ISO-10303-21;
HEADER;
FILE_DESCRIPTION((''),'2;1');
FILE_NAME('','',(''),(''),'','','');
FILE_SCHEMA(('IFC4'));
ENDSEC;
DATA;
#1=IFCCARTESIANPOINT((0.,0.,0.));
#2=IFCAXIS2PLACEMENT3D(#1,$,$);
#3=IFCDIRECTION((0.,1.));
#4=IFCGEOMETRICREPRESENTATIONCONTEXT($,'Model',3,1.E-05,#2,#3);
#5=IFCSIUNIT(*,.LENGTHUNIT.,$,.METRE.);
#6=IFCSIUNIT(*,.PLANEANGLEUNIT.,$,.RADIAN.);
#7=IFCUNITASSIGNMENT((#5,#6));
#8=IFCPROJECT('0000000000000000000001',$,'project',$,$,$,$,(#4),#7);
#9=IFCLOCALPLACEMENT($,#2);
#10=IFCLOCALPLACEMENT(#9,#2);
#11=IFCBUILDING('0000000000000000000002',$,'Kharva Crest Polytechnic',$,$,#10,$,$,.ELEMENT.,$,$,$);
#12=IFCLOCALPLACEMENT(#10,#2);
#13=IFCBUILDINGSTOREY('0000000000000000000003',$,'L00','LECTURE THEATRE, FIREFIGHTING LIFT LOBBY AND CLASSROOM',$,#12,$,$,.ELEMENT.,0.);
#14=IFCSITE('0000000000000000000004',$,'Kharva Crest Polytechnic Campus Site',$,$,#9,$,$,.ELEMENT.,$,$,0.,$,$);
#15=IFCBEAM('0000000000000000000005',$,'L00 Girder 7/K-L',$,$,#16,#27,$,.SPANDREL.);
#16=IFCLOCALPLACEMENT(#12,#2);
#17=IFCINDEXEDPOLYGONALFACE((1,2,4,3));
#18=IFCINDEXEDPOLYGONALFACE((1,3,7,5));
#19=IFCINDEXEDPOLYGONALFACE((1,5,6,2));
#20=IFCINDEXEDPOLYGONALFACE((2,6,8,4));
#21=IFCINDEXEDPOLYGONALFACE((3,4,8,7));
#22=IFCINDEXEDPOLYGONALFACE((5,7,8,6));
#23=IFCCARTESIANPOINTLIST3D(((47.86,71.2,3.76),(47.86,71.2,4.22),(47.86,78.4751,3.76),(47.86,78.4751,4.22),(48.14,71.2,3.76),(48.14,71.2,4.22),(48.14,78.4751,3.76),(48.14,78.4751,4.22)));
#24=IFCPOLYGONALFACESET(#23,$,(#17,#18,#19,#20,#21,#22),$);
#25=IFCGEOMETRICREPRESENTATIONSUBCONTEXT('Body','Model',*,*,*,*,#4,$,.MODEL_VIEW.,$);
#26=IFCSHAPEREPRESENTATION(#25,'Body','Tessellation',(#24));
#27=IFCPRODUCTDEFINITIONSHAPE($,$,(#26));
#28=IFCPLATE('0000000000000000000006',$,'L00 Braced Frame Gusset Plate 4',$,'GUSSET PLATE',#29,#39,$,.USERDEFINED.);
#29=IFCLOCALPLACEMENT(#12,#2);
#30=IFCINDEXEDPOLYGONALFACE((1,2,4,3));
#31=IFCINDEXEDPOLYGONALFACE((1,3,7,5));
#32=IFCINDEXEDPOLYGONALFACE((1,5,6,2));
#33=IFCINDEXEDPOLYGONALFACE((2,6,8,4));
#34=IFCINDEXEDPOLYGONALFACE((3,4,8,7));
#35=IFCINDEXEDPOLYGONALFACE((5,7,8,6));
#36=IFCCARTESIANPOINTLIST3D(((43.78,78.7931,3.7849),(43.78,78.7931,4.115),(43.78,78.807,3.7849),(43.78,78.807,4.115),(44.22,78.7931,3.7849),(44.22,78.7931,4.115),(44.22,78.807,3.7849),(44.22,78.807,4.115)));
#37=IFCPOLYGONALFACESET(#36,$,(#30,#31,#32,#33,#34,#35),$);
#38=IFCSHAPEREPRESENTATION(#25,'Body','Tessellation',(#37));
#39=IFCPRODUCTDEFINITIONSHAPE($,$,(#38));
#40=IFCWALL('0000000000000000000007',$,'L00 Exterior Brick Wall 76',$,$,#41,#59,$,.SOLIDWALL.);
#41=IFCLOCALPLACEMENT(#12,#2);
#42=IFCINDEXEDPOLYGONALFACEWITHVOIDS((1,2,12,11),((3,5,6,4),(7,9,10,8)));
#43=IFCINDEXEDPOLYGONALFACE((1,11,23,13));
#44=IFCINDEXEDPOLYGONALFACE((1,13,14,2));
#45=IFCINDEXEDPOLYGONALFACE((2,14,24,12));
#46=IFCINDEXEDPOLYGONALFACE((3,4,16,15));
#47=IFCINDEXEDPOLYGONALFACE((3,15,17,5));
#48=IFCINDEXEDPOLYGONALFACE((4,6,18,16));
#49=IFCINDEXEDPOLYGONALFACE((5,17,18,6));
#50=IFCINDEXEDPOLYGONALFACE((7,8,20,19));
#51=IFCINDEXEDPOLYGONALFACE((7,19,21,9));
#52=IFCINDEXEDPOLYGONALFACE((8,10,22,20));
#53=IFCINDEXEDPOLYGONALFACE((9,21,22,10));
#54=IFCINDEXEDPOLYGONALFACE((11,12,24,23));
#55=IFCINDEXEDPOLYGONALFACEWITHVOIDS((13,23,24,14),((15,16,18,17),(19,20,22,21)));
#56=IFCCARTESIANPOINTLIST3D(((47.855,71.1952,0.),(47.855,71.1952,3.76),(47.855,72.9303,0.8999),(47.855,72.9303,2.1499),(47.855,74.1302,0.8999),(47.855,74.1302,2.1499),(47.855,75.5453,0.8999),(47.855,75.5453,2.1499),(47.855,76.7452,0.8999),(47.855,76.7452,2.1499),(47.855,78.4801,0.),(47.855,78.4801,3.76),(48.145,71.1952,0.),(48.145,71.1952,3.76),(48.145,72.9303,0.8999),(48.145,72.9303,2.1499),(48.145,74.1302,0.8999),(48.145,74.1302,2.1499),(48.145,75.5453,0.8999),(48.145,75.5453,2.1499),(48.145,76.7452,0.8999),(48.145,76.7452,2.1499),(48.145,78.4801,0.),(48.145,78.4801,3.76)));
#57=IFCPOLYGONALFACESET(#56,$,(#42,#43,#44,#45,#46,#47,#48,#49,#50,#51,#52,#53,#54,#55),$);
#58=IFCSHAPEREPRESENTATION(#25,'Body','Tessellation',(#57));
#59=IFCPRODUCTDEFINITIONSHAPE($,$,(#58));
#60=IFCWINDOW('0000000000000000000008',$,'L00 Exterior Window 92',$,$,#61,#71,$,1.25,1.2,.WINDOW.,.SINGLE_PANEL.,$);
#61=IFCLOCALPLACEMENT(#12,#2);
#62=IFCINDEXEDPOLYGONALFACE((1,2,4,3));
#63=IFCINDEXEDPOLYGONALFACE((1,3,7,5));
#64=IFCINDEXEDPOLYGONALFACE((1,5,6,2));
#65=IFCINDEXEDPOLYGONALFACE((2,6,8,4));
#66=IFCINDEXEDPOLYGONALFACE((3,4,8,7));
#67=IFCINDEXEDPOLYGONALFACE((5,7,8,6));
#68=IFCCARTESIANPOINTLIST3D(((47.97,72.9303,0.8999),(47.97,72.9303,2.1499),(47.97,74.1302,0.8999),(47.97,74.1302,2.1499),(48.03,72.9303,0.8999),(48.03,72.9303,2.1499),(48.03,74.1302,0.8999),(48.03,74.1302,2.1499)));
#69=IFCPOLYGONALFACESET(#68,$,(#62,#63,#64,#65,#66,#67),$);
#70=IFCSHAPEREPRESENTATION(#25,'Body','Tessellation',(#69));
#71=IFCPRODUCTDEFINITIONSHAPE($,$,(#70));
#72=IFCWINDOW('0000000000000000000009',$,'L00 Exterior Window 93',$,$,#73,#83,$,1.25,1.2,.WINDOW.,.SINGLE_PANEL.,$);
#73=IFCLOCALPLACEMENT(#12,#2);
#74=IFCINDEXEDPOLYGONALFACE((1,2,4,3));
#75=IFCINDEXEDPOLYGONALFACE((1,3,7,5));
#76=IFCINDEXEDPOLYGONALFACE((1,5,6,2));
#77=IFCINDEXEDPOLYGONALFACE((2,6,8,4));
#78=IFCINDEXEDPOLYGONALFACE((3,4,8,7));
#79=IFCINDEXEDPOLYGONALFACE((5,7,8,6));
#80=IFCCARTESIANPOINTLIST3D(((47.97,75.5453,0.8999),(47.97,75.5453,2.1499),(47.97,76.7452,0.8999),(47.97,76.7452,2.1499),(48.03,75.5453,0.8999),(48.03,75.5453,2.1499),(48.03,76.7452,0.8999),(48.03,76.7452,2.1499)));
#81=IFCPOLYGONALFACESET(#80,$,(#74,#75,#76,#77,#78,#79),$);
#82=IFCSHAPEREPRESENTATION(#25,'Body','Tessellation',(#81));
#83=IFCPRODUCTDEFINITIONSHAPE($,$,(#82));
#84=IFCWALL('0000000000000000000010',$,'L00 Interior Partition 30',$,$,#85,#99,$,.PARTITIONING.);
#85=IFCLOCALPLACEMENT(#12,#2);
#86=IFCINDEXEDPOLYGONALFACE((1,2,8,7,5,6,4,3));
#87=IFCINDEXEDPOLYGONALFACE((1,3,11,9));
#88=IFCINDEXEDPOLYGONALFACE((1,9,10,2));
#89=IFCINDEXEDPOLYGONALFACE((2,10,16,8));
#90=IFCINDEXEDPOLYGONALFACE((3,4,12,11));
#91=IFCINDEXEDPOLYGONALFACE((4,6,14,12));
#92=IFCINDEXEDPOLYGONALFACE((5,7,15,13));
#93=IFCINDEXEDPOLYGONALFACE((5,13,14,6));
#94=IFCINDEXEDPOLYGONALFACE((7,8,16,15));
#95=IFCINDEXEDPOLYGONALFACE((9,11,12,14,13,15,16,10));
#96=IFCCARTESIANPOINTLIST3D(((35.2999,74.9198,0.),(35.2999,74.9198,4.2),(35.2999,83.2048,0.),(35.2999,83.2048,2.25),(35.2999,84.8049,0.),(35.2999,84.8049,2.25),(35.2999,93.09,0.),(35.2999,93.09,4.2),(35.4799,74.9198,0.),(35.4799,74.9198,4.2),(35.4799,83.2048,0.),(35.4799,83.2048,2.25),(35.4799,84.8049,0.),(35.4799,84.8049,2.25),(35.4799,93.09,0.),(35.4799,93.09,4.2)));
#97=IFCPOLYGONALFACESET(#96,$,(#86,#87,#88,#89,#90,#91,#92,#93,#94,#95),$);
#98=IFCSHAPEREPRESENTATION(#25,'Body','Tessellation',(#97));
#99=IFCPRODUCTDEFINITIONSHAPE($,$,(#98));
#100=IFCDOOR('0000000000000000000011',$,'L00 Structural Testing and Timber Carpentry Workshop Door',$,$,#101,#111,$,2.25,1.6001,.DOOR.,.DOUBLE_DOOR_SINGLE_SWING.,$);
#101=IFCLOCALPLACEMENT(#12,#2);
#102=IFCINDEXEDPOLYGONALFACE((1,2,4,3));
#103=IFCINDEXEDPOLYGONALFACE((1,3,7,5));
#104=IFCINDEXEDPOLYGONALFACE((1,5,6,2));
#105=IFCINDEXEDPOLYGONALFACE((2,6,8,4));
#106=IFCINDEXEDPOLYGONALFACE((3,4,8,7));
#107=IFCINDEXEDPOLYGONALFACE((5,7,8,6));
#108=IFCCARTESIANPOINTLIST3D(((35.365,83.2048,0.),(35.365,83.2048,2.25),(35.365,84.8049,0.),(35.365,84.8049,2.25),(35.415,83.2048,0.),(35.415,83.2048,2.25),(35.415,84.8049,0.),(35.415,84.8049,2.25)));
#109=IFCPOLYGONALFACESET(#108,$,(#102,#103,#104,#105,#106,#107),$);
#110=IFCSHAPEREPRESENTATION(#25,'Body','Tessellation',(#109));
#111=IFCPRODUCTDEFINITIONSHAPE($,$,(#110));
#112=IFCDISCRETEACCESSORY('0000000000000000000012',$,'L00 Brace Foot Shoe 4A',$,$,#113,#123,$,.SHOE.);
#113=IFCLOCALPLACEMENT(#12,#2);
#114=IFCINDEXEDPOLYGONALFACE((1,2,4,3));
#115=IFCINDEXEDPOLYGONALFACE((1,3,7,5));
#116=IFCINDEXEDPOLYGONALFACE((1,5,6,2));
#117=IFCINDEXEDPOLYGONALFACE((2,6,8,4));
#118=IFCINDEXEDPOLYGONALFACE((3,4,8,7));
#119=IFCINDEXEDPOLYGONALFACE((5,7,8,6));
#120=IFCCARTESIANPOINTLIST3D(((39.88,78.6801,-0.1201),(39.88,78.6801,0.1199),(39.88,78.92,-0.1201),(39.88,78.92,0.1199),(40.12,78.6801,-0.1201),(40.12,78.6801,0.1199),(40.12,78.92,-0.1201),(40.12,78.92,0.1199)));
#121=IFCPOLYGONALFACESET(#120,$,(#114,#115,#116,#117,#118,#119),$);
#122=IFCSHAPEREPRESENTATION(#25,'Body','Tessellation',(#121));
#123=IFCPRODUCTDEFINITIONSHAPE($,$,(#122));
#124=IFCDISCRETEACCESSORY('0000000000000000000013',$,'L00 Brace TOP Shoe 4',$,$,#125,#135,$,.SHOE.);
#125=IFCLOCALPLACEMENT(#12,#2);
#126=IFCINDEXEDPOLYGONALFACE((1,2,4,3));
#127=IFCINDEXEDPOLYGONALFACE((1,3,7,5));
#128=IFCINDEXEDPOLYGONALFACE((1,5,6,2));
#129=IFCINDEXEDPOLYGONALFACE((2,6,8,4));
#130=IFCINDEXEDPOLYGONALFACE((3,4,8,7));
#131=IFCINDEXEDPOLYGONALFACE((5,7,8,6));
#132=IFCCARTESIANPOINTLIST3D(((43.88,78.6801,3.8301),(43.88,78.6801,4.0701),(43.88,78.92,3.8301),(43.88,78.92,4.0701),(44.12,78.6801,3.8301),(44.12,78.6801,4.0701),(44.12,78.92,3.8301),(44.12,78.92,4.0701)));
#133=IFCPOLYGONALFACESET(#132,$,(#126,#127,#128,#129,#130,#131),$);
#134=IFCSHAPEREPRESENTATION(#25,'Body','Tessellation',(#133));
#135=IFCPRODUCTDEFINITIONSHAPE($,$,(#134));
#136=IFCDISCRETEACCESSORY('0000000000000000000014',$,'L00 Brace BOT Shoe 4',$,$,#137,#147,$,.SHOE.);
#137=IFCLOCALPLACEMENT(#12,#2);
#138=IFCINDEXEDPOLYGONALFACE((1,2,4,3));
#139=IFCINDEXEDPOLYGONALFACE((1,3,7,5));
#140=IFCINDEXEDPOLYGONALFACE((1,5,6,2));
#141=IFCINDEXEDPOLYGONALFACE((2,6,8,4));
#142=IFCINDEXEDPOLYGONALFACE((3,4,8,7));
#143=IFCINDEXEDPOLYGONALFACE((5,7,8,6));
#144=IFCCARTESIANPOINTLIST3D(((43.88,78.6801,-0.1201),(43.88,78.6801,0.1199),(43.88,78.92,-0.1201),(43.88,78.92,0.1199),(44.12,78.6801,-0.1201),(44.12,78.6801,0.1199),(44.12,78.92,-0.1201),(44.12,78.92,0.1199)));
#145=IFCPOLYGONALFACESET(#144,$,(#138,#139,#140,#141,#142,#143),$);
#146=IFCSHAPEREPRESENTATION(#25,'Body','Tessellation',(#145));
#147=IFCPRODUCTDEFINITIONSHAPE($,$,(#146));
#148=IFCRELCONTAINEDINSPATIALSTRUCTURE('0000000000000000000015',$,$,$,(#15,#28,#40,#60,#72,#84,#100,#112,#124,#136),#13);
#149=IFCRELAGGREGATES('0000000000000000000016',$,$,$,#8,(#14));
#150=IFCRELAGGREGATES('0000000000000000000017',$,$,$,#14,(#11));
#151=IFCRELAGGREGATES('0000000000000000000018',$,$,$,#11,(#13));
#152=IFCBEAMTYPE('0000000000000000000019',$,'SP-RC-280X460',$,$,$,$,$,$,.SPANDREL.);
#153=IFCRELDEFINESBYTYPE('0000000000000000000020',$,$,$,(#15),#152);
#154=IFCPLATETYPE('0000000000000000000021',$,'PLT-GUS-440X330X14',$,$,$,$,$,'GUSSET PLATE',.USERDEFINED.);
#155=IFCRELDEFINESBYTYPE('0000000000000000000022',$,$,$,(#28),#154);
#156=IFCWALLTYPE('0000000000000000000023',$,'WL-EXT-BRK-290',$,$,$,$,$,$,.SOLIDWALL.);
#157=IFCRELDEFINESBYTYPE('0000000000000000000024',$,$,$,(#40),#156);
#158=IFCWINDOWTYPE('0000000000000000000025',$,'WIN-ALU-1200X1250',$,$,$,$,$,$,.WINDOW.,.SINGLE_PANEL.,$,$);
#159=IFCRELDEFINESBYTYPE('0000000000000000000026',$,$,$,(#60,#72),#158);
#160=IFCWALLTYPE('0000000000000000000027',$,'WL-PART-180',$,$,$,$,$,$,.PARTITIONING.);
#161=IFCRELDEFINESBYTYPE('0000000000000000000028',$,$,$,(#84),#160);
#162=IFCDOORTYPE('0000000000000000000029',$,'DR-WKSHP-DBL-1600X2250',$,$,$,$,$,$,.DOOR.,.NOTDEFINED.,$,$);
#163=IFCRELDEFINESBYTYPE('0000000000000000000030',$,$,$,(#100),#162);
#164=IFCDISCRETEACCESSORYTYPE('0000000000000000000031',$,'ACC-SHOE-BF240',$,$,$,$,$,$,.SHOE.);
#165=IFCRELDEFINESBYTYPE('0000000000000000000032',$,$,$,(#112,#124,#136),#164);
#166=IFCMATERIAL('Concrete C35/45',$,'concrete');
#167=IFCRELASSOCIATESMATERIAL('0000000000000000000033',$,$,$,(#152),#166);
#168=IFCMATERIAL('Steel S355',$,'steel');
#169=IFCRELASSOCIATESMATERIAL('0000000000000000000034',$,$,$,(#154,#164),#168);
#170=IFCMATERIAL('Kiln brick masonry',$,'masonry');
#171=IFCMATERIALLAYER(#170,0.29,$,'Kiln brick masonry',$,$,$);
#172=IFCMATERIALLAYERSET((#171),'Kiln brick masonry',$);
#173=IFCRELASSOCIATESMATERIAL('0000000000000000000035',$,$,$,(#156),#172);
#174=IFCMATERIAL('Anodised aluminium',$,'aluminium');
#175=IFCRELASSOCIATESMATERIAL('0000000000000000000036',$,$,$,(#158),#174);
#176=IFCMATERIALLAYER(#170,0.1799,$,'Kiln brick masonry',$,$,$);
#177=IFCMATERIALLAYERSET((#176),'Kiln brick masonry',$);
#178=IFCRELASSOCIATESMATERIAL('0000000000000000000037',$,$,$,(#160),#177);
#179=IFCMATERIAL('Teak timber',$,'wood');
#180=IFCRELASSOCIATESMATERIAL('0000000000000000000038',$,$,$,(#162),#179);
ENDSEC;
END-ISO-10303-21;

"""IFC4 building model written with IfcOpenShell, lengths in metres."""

from ifc_helpers import new_model, si_unit, direction, frame, frame_2d, origin, origin_2d, place, context, subcontext, project, spatial, rectangle, extrude, material, layer, layer_set, material_profile, profile_set, type_object, element, fill, save


model = new_model("IFC4")

# Units and contexts
model_context = context("Model", 3, precision=1e-05, world=origin(), true_north=direction((0.0, 1.0)))
body_context = subcontext(model_context, "Body", "Model", "MODEL_VIEW")
ifc_project = project(units=[si_unit("LENGTHUNIT", "METRE"), si_unit("PLANEANGLEUNIT", "RADIAN")], contexts=[model_context])

# Site, building, storey
site_placement = place(None, origin())
site = spatial("IfcSite", under=ifc_project, at=site_placement, Name="Kharva Crest Polytechnic Campus Site", CompositionType="ELEMENT", RefElevation=0.0)
building_placement = place(site_placement, origin())
building = spatial("IfcBuilding", under=site, at=building_placement, Name="Kharva Crest Polytechnic", CompositionType="ELEMENT")
storey_placement = place(building_placement, origin())
storey = spatial("IfcBuildingStorey", under=building, at=storey_placement, Name="L00", Description="LECTURE THEATRE, FIREFIGHTING LIFT LOBBY AND CLASSROOM", CompositionType="ELEMENT", Elevation=0.0)

# Shared definitions
ifc_material_1 = material(Name="Concrete C35/45", Category="concrete")

# Shared definitions
ifc_material_2 = material(Name="Steel S355", Category="steel")

# Beam
ifc_material_profile_1 = material_profile(ifc_material_1, rectangle(XDim=0.28, YDim=0.46, at=origin_2d()), Name="RECT 280 X 460")
ifc_profile_set_1 = profile_set([ifc_material_profile_1], Name="Concrete C35/45")
beam_type_1 = type_object("IfcBeamType", Name="SP-RC-280X460", PredefinedType="SPANDREL", material=ifc_profile_set_1)
beam_1_placement = place(storey_placement, frame((48.0, 71.2, 3.99), z_axis=(0.0, 1.0, 0.0), x_axis=(-1.0, 0.0, 0.0)))
element("IfcBeam", 1, at=beam_1_placement, inside=storey, type_object=beam_type_1, Name="L00 Girder 7/K-L", PredefinedType="SPANDREL", context=body_context, shape_type="SweptSolid", body=[
    extrude(rectangle(XDim=0.28, YDim=0.46, at=origin_2d()), origin(), (0.0, 0.0, 1.0), 7.2751),
])

# Plate
plate_type = type_object("IfcPlateType", Name="PLT-GUS-440X330X14", ElementType="GUSSET PLATE", PredefinedType="USERDEFINED", material=ifc_material_2)
plate_placement = place(storey_placement, frame((44.0, 78.8, 3.7849), z_axis=(0.0, 0.0, 1.0), x_axis=(1.0, 0.0, 0.0)))
element("IfcPlate", 2, at=plate_placement, inside=storey, type_object=plate_type, Name="L00 Braced Frame Gusset Plate 4", ObjectType="GUSSET PLATE", PredefinedType="USERDEFINED", context=body_context, shape_type="SweptSolid", body=[
    extrude(rectangle(XDim=0.4399, YDim=0.0139, at=origin_2d()), origin(), (0.0, 0.0, 1.0), 0.3301),
])

# Wall, openings, windows
ifc_material_3 = material(Name="Kiln brick masonry", Category="masonry")
ifc_layer_1 = layer(ifc_material_3, 0.29, Name="Kiln brick masonry")
ifc_layer_set_1 = layer_set([ifc_layer_1], Name="Kiln brick masonry")
wall_type_1 = type_object("IfcWallType", Name="WL-EXT-BRK-290", PredefinedType="SOLIDWALL", material=ifc_layer_set_1)
wall_1_placement = place(storey_placement, frame((48.0, 71.1951, 0.0), z_axis=(0.0, 0.0, 1.0), x_axis=(0.0, 1.0, 0.0)))
wall_1 = element("IfcWall", 3, at=wall_1_placement, inside=storey, type_object=wall_type_1, Name="L00 Exterior Brick Wall 76", PredefinedType="SOLIDWALL", context=body_context, shape_type="SweptSolid", body=[
    extrude(rectangle(XDim=7.2849, YDim=0.29, at=frame_2d((3.6426, 0.0))), origin(), (0.0, 0.0, 1.0), 3.76),
])
opening_1_placement = place(wall_1_placement, frame((1.7351, 0.0, 0.8999)))
opening_1 = element("IfcOpeningElement", 4, at=opening_1_placement, cuts=wall_1, PredefinedType="OPENING", context=body_context, shape_type="SweptSolid", body=[
    extrude(rectangle(XDim=1.2, YDim=1.25, at=frame_2d((0.6001, 0.625))), frame((0.0, 0.155, 0.0), z_axis=(0.0, -1.0, 0.0), x_axis=(1.0, 0.0, 0.0)), (0.0, 0.0, 1.0), 0.3101),
])
opening_2_placement = place(wall_1_placement, frame((4.3501, 0.0, 0.8999)))
opening_2 = element("IfcOpeningElement", 5, at=opening_2_placement, cuts=wall_1, PredefinedType="OPENING", context=body_context, shape_type="SweptSolid", body=[
    extrude(rectangle(XDim=1.2, YDim=1.25, at=frame_2d((0.6001, 0.625))), frame((0.0, 0.155, 0.0), z_axis=(0.0, -1.0, 0.0), x_axis=(1.0, 0.0, 0.0)), (0.0, 0.0, 1.0), 0.3101),
])
ifc_material_4 = material(Name="Anodised aluminium", Category="aluminium")
window_type = type_object("IfcWindowType", Name="WIN-ALU-1200X1250", PartitioningType="SINGLE_PANEL", PredefinedType="WINDOW", material=ifc_material_4)
window_1_placement = place(opening_1_placement, origin())
window_1 = element("IfcWindow", 6, at=window_1_placement, inside=storey, type_object=window_type, Name="L00 Exterior Window 92", OverallHeight=1.25, OverallWidth=1.2, PartitioningType="SINGLE_PANEL", PredefinedType="WINDOW", context=body_context, shape_type="SweptSolid", body=[
    extrude(rectangle(XDim=1.2, YDim=1.25, at=frame_2d((0.6001, 0.625))), frame((0.0, 0.03, 0.0), z_axis=(0.0, -1.0, 0.0), x_axis=(1.0, 0.0, 0.0)), (0.0, 0.0, 1.0), 0.0601),
])
fill(opening_1, window_1)
window_2_placement = place(opening_2_placement, origin())
window_2 = element("IfcWindow", 7, at=window_2_placement, inside=storey, type_object=window_type, Name="L00 Exterior Window 93", OverallHeight=1.25, OverallWidth=1.2, PartitioningType="SINGLE_PANEL", PredefinedType="WINDOW", context=body_context, shape_type="SweptSolid", body=[
    extrude(rectangle(XDim=1.2, YDim=1.25, at=frame_2d((0.6001, 0.625))), frame((0.0, 0.03, 0.0), z_axis=(0.0, -1.0, 0.0), x_axis=(1.0, 0.0, 0.0)), (0.0, 0.0, 1.0), 0.0601),
])
fill(opening_2, window_2)

# Wall, opening, door
ifc_layer_2 = layer(ifc_material_3, 0.1799, Name="Kiln brick masonry")
ifc_layer_set_2 = layer_set([ifc_layer_2], Name="Kiln brick masonry")
wall_type_2 = type_object("IfcWallType", Name="WL-PART-180", PredefinedType="PARTITIONING", material=ifc_layer_set_2)
wall_2_placement = place(storey_placement, frame((35.3899, 74.9199, 0.0), z_axis=(0.0, 0.0, 1.0), x_axis=(0.0, 1.0, 0.0)))
wall_2 = element("IfcWall", 8, at=wall_2_placement, inside=storey, type_object=wall_type_2, Name="L00 Interior Partition 30", PredefinedType="PARTITIONING", context=body_context, shape_type="SweptSolid", body=[
    extrude(rectangle(XDim=18.1702, YDim=0.1799, at=frame_2d((9.085, 0.0))), origin(), (0.0, 0.0, 1.0), 4.2),
])
opening_3_placement = place(wall_2_placement, frame((8.2849, 0.0, 0.0)))
opening_3 = element("IfcOpeningElement", 9, at=opening_3_placement, cuts=wall_2, PredefinedType="OPENING", context=body_context, shape_type="SweptSolid", body=[
    extrude(rectangle(XDim=1.6001, YDim=2.25, at=frame_2d((0.8, 1.125))), frame((0.0, 0.0999, 0.0), z_axis=(0.0, -1.0, 0.0), x_axis=(1.0, 0.0, 0.0)), (0.0, 0.0, 1.0), 0.2),
])
ifc_material_5 = material(Name="Teak timber", Category="wood")
door_type = type_object("IfcDoorType", Name="DR-WKSHP-DBL-1600X2250", OperationType="NOTDEFINED", PredefinedType="DOOR", material=ifc_material_5)
door_placement = place(opening_3_placement, origin())
door = element("IfcDoor", 10, at=door_placement, inside=storey, type_object=door_type, Name="L00 Structural Testing and Timber Carpentry Workshop Door", OperationType="DOUBLE_DOOR_SINGLE_SWING", OverallHeight=2.25, OverallWidth=1.6001, PredefinedType="DOOR", context=body_context, shape_type="SweptSolid", body=[
    extrude(rectangle(XDim=1.6001, YDim=2.25, at=frame_2d((0.8, 1.125))), frame((0.0, 0.0249, 0.0), z_axis=(0.0, -1.0, 0.0), x_axis=(1.0, 0.0, 0.0)), (0.0, 0.0, 1.0), 0.05),
])
fill(opening_3, door)

# Discrete accessories
discrete_accessory_type = type_object("IfcDiscreteAccessoryType", Name="ACC-SHOE-BF240", PredefinedType="SHOE", material=ifc_material_2)
for number, where, z_axis, x_axis, name in (
    (11, (40.0, 78.8, -0.1201), (0.0, 0.0, 1.0), (1.0, 0.0, 0.0), "L00 Brace Foot Shoe 4A"),
    (12, (44.0, 78.8, 3.8301), (0.0, 0.0, 1.0), (1.0, 0.0, 0.0), "L00 Brace TOP Shoe 4"),
    (13, (44.0, 78.8, -0.1201), (0.0, 0.0, 1.0), (1.0, 0.0, 0.0), "L00 Brace BOT Shoe 4"),
):
    element("IfcDiscreteAccessory", number, at=place(storey_placement, frame(where, z_axis=z_axis, x_axis=x_axis)), inside=storey, type_object=discrete_accessory_type, Name=name, PredefinedType="SHOE", context=body_context, shape_type="SweptSolid", body=[
        extrude(rectangle(XDim=0.24, YDim=0.24, at=origin_2d()), origin(), (0.0, 0.0, 1.0), 0.24),
    ])

save(model, "model.ifc")
